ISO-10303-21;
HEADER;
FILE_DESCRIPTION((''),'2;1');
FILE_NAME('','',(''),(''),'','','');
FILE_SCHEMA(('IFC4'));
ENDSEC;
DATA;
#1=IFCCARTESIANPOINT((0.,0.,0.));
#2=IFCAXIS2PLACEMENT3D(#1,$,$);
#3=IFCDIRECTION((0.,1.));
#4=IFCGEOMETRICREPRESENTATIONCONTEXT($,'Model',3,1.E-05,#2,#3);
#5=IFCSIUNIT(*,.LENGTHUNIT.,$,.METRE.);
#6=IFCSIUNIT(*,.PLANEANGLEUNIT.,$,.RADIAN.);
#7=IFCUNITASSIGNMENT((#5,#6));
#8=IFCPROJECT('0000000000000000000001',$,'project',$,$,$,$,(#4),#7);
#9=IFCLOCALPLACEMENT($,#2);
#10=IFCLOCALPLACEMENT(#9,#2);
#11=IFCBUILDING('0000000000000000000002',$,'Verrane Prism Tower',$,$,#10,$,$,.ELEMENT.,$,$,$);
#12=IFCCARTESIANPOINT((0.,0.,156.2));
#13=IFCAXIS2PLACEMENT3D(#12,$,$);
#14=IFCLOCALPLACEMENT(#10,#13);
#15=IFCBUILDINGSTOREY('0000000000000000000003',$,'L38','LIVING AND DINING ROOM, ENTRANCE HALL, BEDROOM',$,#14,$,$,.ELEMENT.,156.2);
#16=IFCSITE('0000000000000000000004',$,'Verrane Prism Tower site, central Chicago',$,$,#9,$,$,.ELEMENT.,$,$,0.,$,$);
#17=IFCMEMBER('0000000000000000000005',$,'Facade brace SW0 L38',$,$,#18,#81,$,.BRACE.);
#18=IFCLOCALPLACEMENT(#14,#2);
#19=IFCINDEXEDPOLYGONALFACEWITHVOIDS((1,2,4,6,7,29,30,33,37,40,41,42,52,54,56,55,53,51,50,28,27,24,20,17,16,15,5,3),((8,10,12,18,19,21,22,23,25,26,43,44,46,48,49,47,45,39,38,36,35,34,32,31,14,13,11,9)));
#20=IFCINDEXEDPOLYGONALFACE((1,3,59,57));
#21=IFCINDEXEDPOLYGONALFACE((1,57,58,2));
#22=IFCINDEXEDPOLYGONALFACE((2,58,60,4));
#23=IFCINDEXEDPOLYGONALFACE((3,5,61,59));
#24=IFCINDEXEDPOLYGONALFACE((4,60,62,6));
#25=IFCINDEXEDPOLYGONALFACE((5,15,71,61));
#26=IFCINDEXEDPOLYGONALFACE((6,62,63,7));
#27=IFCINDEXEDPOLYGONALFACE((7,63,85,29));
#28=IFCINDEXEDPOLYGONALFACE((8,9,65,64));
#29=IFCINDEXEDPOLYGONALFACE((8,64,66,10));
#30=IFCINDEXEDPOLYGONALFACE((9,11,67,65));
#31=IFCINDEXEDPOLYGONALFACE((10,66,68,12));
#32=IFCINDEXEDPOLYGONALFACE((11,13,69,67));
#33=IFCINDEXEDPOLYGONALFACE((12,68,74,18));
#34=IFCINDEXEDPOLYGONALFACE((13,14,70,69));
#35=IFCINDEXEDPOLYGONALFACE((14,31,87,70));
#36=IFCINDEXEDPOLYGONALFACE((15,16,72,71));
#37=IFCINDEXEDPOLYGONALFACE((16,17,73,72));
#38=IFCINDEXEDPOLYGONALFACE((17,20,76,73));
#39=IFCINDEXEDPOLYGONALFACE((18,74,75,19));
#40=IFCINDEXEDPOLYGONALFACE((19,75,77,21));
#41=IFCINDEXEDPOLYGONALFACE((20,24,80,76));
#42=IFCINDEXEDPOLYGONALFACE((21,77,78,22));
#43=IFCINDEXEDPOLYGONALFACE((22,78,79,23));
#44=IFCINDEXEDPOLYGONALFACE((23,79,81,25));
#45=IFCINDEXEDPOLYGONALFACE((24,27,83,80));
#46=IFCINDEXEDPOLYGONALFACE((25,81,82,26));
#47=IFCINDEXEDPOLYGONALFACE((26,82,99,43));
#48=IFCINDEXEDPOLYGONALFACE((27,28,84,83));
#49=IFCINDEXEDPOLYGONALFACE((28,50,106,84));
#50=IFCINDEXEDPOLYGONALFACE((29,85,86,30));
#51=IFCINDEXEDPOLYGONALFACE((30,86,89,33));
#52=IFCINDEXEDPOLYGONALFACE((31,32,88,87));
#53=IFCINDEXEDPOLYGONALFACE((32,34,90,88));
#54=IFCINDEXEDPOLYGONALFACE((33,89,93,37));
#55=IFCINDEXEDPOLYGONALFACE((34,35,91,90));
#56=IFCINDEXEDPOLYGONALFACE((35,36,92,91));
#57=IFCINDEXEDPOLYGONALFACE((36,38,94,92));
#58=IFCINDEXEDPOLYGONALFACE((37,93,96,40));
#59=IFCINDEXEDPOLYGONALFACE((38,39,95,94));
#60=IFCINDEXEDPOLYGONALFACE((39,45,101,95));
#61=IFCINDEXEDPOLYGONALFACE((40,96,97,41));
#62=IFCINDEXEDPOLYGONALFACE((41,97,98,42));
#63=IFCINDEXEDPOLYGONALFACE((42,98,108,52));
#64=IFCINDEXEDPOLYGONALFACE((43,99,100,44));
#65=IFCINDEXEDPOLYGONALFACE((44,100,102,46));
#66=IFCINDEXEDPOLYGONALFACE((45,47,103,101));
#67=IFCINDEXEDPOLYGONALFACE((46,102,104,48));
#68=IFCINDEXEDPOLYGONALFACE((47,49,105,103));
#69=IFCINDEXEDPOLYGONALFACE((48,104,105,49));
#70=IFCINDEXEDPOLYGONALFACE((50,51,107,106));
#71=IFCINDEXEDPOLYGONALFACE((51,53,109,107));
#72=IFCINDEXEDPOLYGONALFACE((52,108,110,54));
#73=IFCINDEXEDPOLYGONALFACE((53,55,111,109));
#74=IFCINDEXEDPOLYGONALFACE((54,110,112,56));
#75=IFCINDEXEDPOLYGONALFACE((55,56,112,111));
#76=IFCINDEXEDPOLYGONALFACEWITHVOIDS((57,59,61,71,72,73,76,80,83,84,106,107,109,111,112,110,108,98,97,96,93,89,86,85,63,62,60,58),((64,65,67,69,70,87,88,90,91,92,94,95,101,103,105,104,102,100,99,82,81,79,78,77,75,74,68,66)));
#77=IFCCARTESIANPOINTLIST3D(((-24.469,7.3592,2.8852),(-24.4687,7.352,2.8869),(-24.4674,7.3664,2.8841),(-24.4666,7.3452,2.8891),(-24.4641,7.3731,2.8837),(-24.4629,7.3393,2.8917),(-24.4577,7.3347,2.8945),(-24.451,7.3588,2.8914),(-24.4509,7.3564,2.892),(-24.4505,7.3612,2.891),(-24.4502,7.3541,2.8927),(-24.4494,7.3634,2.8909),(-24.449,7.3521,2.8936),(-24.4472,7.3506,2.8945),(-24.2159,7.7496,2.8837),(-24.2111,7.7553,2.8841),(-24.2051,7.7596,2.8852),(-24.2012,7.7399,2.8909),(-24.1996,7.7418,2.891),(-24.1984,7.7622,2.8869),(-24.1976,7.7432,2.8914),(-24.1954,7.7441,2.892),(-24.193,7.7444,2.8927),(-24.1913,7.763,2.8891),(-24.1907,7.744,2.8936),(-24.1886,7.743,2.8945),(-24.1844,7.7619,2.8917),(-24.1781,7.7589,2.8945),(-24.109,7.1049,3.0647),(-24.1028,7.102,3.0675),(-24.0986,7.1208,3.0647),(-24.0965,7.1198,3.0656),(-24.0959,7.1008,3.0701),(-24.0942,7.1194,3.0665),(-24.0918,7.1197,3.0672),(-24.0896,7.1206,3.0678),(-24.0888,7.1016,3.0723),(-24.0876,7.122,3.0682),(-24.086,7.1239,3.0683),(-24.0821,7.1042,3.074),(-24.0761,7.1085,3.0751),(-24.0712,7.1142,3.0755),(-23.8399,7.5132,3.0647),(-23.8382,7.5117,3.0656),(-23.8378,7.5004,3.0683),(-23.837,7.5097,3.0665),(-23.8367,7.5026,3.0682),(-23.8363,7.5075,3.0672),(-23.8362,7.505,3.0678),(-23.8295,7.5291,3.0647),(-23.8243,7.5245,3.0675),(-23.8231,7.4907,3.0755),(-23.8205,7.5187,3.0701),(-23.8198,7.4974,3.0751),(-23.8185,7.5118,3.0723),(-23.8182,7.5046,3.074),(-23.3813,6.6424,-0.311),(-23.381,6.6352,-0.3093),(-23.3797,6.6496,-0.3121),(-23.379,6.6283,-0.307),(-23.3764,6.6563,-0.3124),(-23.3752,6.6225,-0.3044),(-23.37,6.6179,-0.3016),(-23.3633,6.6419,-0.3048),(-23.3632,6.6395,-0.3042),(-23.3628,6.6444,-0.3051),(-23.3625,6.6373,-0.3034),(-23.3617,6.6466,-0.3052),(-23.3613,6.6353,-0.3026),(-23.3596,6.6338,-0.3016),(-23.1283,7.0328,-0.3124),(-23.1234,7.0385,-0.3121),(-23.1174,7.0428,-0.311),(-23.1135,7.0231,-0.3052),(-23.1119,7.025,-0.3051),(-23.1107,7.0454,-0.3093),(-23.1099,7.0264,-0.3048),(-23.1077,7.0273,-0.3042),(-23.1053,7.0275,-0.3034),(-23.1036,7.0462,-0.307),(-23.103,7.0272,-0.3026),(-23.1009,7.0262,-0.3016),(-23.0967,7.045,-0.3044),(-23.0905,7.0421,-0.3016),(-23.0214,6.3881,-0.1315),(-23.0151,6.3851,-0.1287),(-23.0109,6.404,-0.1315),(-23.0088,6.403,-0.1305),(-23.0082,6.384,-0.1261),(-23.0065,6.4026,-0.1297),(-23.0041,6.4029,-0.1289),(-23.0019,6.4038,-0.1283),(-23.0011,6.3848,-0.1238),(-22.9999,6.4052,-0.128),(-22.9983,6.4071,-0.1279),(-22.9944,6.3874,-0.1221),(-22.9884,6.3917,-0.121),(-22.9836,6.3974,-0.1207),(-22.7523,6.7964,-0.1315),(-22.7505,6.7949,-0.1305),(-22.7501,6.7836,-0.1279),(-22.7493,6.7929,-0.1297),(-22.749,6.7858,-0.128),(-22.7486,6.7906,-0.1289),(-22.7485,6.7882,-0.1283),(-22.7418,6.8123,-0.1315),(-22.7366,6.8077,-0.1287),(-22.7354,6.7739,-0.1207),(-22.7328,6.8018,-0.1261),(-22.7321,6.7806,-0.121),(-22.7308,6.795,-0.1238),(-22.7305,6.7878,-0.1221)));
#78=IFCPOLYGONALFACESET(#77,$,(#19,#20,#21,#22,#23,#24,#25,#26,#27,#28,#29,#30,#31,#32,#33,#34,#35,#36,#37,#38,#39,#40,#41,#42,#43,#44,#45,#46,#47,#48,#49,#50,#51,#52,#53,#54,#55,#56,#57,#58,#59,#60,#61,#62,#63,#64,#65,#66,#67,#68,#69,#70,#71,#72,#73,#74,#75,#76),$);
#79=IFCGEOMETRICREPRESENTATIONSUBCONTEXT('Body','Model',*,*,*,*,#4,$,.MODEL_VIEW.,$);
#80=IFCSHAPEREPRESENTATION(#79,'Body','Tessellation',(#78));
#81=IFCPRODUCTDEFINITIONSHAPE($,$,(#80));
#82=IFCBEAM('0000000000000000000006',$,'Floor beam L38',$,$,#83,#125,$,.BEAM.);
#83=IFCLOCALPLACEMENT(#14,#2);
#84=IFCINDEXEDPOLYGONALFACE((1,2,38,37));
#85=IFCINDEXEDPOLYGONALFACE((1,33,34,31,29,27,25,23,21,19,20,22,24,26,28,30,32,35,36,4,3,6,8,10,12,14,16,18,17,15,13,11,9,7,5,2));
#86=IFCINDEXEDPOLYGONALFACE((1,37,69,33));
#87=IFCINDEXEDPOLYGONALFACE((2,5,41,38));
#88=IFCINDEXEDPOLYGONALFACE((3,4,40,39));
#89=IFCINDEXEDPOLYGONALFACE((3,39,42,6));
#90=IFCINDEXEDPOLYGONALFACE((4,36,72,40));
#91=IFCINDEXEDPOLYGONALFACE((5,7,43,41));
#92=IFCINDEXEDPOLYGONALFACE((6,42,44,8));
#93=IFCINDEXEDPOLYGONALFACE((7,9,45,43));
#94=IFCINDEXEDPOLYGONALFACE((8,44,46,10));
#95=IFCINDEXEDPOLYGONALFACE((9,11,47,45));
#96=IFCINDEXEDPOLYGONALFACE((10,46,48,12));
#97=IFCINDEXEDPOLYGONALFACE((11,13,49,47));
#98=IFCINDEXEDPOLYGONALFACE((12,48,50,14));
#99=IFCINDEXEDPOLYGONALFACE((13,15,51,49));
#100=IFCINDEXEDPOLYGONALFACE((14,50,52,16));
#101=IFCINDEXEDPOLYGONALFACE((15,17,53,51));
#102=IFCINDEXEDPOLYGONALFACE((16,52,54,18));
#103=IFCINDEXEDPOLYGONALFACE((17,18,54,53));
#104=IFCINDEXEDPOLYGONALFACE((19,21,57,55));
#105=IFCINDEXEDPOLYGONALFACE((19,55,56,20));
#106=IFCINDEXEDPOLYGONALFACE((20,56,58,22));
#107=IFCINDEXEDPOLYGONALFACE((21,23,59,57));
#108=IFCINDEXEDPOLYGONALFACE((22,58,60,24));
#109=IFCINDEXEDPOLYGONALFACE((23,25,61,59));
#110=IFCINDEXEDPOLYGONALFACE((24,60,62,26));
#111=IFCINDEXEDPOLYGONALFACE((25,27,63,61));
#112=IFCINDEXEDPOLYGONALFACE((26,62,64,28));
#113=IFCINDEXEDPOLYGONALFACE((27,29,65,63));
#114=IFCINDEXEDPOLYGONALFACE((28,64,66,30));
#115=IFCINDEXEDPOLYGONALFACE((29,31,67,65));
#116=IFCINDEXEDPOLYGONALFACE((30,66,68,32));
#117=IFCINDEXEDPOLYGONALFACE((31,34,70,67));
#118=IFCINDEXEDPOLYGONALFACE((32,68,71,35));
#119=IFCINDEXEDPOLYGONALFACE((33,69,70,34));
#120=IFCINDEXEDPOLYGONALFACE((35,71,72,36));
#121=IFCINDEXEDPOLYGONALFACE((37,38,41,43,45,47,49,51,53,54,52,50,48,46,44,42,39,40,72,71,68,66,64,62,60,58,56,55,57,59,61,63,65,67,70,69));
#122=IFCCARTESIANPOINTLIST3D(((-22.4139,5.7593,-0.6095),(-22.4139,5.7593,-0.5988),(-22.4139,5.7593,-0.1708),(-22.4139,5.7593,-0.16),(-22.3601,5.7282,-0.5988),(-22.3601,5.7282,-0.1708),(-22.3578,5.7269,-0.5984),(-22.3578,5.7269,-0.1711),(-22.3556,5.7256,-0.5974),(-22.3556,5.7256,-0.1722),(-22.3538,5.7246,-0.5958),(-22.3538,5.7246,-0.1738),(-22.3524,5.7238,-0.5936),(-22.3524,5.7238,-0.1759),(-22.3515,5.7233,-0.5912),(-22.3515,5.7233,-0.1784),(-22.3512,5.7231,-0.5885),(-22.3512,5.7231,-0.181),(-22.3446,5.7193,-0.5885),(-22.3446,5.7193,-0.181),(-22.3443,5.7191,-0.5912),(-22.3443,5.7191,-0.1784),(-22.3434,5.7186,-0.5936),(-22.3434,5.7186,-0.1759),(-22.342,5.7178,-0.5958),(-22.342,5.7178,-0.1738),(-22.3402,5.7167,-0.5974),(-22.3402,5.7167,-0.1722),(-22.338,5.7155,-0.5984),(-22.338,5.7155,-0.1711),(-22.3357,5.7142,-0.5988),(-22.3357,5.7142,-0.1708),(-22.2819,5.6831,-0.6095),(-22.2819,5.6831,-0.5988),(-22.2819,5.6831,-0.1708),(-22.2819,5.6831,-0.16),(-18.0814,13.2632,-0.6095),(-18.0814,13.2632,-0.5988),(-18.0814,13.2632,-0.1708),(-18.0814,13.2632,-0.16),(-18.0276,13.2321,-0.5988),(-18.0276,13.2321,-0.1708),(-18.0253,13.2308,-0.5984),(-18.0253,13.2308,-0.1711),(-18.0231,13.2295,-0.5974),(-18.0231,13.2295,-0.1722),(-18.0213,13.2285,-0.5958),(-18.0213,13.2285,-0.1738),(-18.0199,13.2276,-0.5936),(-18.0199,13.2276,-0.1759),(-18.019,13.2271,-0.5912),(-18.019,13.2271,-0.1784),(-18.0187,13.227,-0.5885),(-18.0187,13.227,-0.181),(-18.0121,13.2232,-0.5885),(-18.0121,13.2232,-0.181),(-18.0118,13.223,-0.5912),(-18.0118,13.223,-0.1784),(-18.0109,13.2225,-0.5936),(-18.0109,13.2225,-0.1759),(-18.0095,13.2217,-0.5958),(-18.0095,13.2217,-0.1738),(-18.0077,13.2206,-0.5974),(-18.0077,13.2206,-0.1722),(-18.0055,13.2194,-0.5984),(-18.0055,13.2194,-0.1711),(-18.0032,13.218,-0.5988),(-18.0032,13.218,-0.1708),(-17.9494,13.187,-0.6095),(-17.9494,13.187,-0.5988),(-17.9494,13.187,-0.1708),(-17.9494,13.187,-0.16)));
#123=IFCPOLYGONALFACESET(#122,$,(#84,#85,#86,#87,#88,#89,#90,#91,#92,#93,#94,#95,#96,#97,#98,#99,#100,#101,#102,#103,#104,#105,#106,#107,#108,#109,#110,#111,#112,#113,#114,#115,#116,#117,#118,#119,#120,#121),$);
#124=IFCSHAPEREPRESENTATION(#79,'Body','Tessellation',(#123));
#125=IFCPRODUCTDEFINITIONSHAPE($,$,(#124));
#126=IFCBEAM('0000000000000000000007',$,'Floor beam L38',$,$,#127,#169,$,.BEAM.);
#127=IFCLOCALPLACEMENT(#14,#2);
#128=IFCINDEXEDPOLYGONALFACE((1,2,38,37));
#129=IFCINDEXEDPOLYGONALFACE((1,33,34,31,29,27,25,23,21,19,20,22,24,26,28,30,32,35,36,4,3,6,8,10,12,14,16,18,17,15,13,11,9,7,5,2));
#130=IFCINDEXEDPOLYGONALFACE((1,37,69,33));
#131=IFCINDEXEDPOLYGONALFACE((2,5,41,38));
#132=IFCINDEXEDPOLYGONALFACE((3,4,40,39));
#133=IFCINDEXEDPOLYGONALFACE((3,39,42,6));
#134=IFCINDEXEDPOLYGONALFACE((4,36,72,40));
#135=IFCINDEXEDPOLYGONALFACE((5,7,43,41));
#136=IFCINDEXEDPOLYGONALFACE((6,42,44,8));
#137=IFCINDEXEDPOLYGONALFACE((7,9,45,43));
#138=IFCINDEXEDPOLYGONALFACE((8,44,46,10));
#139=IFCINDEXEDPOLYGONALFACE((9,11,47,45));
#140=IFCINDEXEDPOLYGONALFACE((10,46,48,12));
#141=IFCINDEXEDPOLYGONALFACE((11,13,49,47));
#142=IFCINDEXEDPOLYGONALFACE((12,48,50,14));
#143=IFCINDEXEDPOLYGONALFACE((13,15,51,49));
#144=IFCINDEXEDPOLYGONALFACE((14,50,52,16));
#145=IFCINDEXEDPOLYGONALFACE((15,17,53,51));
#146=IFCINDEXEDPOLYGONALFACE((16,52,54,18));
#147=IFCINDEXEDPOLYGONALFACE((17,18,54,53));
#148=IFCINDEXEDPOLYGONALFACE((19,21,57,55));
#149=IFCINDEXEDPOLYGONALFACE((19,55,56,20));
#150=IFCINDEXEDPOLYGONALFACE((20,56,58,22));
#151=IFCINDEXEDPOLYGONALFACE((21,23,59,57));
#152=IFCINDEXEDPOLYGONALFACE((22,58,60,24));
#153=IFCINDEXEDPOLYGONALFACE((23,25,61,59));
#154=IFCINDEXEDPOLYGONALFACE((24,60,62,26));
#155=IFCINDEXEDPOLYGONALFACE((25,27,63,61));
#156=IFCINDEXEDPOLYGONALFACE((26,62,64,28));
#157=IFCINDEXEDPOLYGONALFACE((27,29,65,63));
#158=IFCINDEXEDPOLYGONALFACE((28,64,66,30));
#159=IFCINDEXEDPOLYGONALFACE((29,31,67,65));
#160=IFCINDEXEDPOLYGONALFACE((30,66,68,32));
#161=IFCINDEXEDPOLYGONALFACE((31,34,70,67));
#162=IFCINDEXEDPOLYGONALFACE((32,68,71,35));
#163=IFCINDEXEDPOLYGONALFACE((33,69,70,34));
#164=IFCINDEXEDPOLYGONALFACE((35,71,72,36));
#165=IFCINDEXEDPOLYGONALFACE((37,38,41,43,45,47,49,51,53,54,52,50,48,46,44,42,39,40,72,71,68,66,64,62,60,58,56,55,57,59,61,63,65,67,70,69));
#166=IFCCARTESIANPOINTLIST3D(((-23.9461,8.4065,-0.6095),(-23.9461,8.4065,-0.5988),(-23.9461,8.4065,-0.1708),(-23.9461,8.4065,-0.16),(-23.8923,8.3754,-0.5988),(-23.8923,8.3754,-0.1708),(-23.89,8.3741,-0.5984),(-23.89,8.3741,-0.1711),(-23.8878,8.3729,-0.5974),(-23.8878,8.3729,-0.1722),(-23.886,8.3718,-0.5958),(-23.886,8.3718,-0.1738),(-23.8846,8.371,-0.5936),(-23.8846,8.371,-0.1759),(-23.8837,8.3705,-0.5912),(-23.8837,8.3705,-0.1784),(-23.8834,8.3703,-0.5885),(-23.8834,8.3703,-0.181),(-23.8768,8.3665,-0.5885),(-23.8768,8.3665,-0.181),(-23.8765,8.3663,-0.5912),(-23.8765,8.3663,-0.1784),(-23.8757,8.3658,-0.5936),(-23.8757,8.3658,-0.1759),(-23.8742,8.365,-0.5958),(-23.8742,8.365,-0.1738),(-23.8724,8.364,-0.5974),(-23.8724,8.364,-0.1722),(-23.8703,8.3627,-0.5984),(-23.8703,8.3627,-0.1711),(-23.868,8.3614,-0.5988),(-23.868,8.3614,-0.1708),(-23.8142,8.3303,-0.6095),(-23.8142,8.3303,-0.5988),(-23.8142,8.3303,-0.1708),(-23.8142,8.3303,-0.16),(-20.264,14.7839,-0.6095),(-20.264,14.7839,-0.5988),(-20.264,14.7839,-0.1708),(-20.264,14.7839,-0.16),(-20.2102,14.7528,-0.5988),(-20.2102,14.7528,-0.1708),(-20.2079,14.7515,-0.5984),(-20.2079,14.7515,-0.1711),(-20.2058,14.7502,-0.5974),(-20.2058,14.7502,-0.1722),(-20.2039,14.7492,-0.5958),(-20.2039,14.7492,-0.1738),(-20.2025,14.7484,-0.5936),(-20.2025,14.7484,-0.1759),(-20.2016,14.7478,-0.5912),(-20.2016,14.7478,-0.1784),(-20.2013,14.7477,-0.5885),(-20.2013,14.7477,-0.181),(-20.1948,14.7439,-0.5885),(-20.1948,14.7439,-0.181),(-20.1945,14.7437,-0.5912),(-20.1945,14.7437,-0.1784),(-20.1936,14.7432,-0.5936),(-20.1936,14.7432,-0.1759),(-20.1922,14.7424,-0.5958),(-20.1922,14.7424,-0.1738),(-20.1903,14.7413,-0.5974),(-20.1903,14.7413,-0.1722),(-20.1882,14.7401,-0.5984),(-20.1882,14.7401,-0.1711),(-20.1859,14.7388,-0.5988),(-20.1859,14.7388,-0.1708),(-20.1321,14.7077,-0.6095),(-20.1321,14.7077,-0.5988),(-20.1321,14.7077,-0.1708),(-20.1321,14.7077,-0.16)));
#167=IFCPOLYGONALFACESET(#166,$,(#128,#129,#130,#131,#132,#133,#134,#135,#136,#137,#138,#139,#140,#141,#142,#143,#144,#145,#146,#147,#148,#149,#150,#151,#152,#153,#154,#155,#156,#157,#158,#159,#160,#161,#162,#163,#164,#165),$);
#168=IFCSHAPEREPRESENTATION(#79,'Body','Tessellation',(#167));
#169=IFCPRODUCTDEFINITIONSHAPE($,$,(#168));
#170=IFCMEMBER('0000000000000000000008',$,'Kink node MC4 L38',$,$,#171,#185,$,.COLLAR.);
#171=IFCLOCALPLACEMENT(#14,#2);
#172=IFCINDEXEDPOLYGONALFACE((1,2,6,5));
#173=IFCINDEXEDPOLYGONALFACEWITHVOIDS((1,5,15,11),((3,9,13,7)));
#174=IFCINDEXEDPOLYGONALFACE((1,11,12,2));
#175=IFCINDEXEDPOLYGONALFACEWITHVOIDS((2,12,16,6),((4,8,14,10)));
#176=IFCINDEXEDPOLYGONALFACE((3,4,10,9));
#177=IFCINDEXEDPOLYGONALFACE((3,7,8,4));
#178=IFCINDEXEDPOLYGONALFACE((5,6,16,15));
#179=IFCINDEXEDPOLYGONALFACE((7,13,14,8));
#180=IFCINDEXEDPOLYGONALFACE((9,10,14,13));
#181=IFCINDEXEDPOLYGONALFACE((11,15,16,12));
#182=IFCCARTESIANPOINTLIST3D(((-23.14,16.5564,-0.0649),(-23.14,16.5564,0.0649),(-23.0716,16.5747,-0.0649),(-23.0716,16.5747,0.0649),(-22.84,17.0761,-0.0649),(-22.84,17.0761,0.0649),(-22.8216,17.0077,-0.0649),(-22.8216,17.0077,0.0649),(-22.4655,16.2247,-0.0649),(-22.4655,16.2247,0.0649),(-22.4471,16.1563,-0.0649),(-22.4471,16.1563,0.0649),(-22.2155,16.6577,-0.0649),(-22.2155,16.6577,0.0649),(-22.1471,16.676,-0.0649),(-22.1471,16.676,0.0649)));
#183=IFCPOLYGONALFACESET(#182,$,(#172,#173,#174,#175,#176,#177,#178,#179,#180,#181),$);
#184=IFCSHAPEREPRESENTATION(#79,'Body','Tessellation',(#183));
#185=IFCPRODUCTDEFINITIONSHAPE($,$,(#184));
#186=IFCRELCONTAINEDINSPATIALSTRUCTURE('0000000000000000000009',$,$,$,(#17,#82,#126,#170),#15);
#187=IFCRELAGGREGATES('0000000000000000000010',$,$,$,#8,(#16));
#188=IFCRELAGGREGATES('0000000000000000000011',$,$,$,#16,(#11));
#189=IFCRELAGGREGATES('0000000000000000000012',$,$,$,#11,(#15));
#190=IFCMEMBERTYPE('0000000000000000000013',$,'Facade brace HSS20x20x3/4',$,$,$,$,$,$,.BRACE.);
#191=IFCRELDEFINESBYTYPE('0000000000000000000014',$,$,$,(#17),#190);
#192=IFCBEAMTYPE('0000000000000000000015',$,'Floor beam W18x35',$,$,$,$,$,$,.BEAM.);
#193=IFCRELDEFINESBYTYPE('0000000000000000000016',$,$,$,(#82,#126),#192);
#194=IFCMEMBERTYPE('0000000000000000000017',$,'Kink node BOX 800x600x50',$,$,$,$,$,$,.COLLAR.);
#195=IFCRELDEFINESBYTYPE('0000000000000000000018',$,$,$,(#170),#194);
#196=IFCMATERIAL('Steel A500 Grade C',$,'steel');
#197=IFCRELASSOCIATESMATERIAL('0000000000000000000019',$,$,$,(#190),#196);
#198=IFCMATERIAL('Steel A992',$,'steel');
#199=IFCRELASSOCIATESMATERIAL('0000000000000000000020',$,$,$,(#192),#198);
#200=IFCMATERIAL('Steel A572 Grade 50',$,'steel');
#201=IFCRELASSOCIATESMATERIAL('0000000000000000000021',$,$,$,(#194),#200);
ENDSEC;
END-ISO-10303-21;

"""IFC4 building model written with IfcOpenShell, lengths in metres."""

from ifc_helpers import new_model, si_unit, direction, frame, origin, origin_2d, place, context, subcontext, project, spatial, hollow_rectangle, i_section, extrude, material, material_profile, profile_set, type_object, element, save


model = new_model("IFC4")

# Units and contexts
model_context = context("Model", 3, precision=1e-05, world=origin(), true_north=direction((0.0, 1.0)))
body_context = subcontext(model_context, "Body", "Model", "MODEL_VIEW")
ifc_project = project(units=[si_unit("LENGTHUNIT", "METRE"), si_unit("PLANEANGLEUNIT", "RADIAN")], contexts=[model_context])

# Site, building, storey
site_placement = place(None, origin())
site = spatial("IfcSite", under=ifc_project, at=site_placement, Name="Verrane Prism Tower site, central Chicago", CompositionType="ELEMENT", RefElevation=0.0)
building_placement = place(site_placement, origin())
building = spatial("IfcBuilding", under=site, at=building_placement, Name="Verrane Prism Tower", CompositionType="ELEMENT")
storey_placement = place(building_placement, frame((0.0, 0.0, 156.2)))
storey = spatial("IfcBuildingStorey", under=building, at=storey_placement, Name="L38", Description="LIVING AND DINING ROOM, ENTRANCE HALL, BEDROOM", CompositionType="ELEMENT", Elevation=156.2)

# Member
ifc_material_1 = material(Name="Steel A500 Grade C", Category="steel")
ifc_material_profile_1 = material_profile(ifc_material_1, hollow_rectangle(XDim=0.5081, YDim=0.5081, WallThickness=0.019, InnerFilletRadius=0.0095, OuterFilletRadius=0.0286, at=origin_2d()), Name="HSS20x20x3/4")
ifc_profile_set_1 = profile_set([ifc_material_profile_1], Name="Steel A500 Grade C")
member_type_1 = type_object("IfcMemberType", Name="Facade brace HSS20x20x3/4", PredefinedType="BRACE", material=ifc_profile_set_1)
member_1_placement = place(storey_placement, frame((-23.0559, 6.7151, -0.2166), z_axis=(-0.315141, 0.207689, 0.926041), x_axis=(-0.550281, -0.83498, 0.0)))
element("IfcMember", 1, at=member_1_placement, inside=storey, type_object=member_type_1, Name="Facade brace SW0 L38", PredefinedType="BRACE", context=body_context, shape_type="SweptSolid", body=[
    extrude(hollow_rectangle(XDim=0.5081, YDim=0.5081, WallThickness=0.019, InnerFilletRadius=0.0095, OuterFilletRadius=0.0286, at=origin_2d()), origin(), (0.0, 0.0, 1.0), 3.4514),
])

# Beams
ifc_material_2 = material(Name="Steel A992", Category="steel")
ifc_material_profile_2 = material_profile(ifc_material_2, i_section(OverallWidth=0.1523, OverallDepth=0.4495, WebThickness=0.0076, FlangeThickness=0.0107, FilletRadius=0.0103, at=origin_2d()), Name="W18x35")
ifc_profile_set_2 = profile_set([ifc_material_profile_2], Name="Steel A992")
beam_type_1 = type_object("IfcBeamType", Name="Floor beam W18x35", PredefinedType="BEAM", material=ifc_profile_set_2)
beam_1_placement = place(storey_placement, frame((-22.3479, 5.7212, -0.3848), z_axis=(0.500012, 0.866019, 0.0), x_axis=(-0.866019, 0.500012, 0.0)))
element("IfcBeam", 2, at=beam_1_placement, inside=storey, type_object=beam_type_1, Name="Floor beam L38", PredefinedType="BEAM", context=body_context, shape_type="SweptSolid", body=[
    extrude(i_section(OverallWidth=0.1523, OverallDepth=0.4495, WebThickness=0.0076, FlangeThickness=0.0107, FilletRadius=0.0103, at=origin_2d()), origin(), (0.0, 0.0, 1.0), 8.6648),
])
beam_2_placement = place(storey_placement, frame((-23.8801, 8.3684, -0.3848), z_axis=(0.500011, 0.866019, 0.0), x_axis=(-0.866019, 0.500011, 0.0)))
element("IfcBeam", 3, at=beam_2_placement, inside=storey, type_object=beam_type_1, Name="Floor beam L38", PredefinedType="BEAM", context=body_context, shape_type="SweptSolid", body=[
    extrude(i_section(OverallWidth=0.1523, OverallDepth=0.4495, WebThickness=0.0076, FlangeThickness=0.0107, FilletRadius=0.0103, at=origin_2d()), origin(), (0.0, 0.0, 1.0), 7.364),
])

# Member
ifc_material_3 = material(Name="Steel A572 Grade 50", Category="steel")
ifc_material_profile_3 = material_profile(ifc_material_3, hollow_rectangle(XDim=0.6001, YDim=0.8, WallThickness=0.05, at=origin_2d()), Name="BOX 800x600x50")
ifc_profile_set_3 = profile_set([ifc_material_profile_3], Name="Steel A572 Grade 50")
member_type_2 = type_object("IfcMemberType", Name="Kink node BOX 800x600x50", PredefinedType="COLLAR", material=ifc_profile_set_3)
for number, where, z_axis, x_axis, name in (
    (4, (-22.6436, 16.6162, -0.0649), (0.0, 0.0, 1.0), (0.5, 0.866025, 0.0), "Kink node MC4 L38"),
):
    element("IfcMember", number, at=place(storey_placement, frame(where, z_axis=z_axis, x_axis=x_axis)), inside=storey, type_object=member_type_2, Name=name, PredefinedType="COLLAR", context=body_context, shape_type="SweptSolid", body=[
        extrude(hollow_rectangle(XDim=0.6001, YDim=0.8, WallThickness=0.05, at=origin_2d()), origin(), (0.0, 0.0, 1.0), 0.1299),
    ])

save(model, "model.ifc")
